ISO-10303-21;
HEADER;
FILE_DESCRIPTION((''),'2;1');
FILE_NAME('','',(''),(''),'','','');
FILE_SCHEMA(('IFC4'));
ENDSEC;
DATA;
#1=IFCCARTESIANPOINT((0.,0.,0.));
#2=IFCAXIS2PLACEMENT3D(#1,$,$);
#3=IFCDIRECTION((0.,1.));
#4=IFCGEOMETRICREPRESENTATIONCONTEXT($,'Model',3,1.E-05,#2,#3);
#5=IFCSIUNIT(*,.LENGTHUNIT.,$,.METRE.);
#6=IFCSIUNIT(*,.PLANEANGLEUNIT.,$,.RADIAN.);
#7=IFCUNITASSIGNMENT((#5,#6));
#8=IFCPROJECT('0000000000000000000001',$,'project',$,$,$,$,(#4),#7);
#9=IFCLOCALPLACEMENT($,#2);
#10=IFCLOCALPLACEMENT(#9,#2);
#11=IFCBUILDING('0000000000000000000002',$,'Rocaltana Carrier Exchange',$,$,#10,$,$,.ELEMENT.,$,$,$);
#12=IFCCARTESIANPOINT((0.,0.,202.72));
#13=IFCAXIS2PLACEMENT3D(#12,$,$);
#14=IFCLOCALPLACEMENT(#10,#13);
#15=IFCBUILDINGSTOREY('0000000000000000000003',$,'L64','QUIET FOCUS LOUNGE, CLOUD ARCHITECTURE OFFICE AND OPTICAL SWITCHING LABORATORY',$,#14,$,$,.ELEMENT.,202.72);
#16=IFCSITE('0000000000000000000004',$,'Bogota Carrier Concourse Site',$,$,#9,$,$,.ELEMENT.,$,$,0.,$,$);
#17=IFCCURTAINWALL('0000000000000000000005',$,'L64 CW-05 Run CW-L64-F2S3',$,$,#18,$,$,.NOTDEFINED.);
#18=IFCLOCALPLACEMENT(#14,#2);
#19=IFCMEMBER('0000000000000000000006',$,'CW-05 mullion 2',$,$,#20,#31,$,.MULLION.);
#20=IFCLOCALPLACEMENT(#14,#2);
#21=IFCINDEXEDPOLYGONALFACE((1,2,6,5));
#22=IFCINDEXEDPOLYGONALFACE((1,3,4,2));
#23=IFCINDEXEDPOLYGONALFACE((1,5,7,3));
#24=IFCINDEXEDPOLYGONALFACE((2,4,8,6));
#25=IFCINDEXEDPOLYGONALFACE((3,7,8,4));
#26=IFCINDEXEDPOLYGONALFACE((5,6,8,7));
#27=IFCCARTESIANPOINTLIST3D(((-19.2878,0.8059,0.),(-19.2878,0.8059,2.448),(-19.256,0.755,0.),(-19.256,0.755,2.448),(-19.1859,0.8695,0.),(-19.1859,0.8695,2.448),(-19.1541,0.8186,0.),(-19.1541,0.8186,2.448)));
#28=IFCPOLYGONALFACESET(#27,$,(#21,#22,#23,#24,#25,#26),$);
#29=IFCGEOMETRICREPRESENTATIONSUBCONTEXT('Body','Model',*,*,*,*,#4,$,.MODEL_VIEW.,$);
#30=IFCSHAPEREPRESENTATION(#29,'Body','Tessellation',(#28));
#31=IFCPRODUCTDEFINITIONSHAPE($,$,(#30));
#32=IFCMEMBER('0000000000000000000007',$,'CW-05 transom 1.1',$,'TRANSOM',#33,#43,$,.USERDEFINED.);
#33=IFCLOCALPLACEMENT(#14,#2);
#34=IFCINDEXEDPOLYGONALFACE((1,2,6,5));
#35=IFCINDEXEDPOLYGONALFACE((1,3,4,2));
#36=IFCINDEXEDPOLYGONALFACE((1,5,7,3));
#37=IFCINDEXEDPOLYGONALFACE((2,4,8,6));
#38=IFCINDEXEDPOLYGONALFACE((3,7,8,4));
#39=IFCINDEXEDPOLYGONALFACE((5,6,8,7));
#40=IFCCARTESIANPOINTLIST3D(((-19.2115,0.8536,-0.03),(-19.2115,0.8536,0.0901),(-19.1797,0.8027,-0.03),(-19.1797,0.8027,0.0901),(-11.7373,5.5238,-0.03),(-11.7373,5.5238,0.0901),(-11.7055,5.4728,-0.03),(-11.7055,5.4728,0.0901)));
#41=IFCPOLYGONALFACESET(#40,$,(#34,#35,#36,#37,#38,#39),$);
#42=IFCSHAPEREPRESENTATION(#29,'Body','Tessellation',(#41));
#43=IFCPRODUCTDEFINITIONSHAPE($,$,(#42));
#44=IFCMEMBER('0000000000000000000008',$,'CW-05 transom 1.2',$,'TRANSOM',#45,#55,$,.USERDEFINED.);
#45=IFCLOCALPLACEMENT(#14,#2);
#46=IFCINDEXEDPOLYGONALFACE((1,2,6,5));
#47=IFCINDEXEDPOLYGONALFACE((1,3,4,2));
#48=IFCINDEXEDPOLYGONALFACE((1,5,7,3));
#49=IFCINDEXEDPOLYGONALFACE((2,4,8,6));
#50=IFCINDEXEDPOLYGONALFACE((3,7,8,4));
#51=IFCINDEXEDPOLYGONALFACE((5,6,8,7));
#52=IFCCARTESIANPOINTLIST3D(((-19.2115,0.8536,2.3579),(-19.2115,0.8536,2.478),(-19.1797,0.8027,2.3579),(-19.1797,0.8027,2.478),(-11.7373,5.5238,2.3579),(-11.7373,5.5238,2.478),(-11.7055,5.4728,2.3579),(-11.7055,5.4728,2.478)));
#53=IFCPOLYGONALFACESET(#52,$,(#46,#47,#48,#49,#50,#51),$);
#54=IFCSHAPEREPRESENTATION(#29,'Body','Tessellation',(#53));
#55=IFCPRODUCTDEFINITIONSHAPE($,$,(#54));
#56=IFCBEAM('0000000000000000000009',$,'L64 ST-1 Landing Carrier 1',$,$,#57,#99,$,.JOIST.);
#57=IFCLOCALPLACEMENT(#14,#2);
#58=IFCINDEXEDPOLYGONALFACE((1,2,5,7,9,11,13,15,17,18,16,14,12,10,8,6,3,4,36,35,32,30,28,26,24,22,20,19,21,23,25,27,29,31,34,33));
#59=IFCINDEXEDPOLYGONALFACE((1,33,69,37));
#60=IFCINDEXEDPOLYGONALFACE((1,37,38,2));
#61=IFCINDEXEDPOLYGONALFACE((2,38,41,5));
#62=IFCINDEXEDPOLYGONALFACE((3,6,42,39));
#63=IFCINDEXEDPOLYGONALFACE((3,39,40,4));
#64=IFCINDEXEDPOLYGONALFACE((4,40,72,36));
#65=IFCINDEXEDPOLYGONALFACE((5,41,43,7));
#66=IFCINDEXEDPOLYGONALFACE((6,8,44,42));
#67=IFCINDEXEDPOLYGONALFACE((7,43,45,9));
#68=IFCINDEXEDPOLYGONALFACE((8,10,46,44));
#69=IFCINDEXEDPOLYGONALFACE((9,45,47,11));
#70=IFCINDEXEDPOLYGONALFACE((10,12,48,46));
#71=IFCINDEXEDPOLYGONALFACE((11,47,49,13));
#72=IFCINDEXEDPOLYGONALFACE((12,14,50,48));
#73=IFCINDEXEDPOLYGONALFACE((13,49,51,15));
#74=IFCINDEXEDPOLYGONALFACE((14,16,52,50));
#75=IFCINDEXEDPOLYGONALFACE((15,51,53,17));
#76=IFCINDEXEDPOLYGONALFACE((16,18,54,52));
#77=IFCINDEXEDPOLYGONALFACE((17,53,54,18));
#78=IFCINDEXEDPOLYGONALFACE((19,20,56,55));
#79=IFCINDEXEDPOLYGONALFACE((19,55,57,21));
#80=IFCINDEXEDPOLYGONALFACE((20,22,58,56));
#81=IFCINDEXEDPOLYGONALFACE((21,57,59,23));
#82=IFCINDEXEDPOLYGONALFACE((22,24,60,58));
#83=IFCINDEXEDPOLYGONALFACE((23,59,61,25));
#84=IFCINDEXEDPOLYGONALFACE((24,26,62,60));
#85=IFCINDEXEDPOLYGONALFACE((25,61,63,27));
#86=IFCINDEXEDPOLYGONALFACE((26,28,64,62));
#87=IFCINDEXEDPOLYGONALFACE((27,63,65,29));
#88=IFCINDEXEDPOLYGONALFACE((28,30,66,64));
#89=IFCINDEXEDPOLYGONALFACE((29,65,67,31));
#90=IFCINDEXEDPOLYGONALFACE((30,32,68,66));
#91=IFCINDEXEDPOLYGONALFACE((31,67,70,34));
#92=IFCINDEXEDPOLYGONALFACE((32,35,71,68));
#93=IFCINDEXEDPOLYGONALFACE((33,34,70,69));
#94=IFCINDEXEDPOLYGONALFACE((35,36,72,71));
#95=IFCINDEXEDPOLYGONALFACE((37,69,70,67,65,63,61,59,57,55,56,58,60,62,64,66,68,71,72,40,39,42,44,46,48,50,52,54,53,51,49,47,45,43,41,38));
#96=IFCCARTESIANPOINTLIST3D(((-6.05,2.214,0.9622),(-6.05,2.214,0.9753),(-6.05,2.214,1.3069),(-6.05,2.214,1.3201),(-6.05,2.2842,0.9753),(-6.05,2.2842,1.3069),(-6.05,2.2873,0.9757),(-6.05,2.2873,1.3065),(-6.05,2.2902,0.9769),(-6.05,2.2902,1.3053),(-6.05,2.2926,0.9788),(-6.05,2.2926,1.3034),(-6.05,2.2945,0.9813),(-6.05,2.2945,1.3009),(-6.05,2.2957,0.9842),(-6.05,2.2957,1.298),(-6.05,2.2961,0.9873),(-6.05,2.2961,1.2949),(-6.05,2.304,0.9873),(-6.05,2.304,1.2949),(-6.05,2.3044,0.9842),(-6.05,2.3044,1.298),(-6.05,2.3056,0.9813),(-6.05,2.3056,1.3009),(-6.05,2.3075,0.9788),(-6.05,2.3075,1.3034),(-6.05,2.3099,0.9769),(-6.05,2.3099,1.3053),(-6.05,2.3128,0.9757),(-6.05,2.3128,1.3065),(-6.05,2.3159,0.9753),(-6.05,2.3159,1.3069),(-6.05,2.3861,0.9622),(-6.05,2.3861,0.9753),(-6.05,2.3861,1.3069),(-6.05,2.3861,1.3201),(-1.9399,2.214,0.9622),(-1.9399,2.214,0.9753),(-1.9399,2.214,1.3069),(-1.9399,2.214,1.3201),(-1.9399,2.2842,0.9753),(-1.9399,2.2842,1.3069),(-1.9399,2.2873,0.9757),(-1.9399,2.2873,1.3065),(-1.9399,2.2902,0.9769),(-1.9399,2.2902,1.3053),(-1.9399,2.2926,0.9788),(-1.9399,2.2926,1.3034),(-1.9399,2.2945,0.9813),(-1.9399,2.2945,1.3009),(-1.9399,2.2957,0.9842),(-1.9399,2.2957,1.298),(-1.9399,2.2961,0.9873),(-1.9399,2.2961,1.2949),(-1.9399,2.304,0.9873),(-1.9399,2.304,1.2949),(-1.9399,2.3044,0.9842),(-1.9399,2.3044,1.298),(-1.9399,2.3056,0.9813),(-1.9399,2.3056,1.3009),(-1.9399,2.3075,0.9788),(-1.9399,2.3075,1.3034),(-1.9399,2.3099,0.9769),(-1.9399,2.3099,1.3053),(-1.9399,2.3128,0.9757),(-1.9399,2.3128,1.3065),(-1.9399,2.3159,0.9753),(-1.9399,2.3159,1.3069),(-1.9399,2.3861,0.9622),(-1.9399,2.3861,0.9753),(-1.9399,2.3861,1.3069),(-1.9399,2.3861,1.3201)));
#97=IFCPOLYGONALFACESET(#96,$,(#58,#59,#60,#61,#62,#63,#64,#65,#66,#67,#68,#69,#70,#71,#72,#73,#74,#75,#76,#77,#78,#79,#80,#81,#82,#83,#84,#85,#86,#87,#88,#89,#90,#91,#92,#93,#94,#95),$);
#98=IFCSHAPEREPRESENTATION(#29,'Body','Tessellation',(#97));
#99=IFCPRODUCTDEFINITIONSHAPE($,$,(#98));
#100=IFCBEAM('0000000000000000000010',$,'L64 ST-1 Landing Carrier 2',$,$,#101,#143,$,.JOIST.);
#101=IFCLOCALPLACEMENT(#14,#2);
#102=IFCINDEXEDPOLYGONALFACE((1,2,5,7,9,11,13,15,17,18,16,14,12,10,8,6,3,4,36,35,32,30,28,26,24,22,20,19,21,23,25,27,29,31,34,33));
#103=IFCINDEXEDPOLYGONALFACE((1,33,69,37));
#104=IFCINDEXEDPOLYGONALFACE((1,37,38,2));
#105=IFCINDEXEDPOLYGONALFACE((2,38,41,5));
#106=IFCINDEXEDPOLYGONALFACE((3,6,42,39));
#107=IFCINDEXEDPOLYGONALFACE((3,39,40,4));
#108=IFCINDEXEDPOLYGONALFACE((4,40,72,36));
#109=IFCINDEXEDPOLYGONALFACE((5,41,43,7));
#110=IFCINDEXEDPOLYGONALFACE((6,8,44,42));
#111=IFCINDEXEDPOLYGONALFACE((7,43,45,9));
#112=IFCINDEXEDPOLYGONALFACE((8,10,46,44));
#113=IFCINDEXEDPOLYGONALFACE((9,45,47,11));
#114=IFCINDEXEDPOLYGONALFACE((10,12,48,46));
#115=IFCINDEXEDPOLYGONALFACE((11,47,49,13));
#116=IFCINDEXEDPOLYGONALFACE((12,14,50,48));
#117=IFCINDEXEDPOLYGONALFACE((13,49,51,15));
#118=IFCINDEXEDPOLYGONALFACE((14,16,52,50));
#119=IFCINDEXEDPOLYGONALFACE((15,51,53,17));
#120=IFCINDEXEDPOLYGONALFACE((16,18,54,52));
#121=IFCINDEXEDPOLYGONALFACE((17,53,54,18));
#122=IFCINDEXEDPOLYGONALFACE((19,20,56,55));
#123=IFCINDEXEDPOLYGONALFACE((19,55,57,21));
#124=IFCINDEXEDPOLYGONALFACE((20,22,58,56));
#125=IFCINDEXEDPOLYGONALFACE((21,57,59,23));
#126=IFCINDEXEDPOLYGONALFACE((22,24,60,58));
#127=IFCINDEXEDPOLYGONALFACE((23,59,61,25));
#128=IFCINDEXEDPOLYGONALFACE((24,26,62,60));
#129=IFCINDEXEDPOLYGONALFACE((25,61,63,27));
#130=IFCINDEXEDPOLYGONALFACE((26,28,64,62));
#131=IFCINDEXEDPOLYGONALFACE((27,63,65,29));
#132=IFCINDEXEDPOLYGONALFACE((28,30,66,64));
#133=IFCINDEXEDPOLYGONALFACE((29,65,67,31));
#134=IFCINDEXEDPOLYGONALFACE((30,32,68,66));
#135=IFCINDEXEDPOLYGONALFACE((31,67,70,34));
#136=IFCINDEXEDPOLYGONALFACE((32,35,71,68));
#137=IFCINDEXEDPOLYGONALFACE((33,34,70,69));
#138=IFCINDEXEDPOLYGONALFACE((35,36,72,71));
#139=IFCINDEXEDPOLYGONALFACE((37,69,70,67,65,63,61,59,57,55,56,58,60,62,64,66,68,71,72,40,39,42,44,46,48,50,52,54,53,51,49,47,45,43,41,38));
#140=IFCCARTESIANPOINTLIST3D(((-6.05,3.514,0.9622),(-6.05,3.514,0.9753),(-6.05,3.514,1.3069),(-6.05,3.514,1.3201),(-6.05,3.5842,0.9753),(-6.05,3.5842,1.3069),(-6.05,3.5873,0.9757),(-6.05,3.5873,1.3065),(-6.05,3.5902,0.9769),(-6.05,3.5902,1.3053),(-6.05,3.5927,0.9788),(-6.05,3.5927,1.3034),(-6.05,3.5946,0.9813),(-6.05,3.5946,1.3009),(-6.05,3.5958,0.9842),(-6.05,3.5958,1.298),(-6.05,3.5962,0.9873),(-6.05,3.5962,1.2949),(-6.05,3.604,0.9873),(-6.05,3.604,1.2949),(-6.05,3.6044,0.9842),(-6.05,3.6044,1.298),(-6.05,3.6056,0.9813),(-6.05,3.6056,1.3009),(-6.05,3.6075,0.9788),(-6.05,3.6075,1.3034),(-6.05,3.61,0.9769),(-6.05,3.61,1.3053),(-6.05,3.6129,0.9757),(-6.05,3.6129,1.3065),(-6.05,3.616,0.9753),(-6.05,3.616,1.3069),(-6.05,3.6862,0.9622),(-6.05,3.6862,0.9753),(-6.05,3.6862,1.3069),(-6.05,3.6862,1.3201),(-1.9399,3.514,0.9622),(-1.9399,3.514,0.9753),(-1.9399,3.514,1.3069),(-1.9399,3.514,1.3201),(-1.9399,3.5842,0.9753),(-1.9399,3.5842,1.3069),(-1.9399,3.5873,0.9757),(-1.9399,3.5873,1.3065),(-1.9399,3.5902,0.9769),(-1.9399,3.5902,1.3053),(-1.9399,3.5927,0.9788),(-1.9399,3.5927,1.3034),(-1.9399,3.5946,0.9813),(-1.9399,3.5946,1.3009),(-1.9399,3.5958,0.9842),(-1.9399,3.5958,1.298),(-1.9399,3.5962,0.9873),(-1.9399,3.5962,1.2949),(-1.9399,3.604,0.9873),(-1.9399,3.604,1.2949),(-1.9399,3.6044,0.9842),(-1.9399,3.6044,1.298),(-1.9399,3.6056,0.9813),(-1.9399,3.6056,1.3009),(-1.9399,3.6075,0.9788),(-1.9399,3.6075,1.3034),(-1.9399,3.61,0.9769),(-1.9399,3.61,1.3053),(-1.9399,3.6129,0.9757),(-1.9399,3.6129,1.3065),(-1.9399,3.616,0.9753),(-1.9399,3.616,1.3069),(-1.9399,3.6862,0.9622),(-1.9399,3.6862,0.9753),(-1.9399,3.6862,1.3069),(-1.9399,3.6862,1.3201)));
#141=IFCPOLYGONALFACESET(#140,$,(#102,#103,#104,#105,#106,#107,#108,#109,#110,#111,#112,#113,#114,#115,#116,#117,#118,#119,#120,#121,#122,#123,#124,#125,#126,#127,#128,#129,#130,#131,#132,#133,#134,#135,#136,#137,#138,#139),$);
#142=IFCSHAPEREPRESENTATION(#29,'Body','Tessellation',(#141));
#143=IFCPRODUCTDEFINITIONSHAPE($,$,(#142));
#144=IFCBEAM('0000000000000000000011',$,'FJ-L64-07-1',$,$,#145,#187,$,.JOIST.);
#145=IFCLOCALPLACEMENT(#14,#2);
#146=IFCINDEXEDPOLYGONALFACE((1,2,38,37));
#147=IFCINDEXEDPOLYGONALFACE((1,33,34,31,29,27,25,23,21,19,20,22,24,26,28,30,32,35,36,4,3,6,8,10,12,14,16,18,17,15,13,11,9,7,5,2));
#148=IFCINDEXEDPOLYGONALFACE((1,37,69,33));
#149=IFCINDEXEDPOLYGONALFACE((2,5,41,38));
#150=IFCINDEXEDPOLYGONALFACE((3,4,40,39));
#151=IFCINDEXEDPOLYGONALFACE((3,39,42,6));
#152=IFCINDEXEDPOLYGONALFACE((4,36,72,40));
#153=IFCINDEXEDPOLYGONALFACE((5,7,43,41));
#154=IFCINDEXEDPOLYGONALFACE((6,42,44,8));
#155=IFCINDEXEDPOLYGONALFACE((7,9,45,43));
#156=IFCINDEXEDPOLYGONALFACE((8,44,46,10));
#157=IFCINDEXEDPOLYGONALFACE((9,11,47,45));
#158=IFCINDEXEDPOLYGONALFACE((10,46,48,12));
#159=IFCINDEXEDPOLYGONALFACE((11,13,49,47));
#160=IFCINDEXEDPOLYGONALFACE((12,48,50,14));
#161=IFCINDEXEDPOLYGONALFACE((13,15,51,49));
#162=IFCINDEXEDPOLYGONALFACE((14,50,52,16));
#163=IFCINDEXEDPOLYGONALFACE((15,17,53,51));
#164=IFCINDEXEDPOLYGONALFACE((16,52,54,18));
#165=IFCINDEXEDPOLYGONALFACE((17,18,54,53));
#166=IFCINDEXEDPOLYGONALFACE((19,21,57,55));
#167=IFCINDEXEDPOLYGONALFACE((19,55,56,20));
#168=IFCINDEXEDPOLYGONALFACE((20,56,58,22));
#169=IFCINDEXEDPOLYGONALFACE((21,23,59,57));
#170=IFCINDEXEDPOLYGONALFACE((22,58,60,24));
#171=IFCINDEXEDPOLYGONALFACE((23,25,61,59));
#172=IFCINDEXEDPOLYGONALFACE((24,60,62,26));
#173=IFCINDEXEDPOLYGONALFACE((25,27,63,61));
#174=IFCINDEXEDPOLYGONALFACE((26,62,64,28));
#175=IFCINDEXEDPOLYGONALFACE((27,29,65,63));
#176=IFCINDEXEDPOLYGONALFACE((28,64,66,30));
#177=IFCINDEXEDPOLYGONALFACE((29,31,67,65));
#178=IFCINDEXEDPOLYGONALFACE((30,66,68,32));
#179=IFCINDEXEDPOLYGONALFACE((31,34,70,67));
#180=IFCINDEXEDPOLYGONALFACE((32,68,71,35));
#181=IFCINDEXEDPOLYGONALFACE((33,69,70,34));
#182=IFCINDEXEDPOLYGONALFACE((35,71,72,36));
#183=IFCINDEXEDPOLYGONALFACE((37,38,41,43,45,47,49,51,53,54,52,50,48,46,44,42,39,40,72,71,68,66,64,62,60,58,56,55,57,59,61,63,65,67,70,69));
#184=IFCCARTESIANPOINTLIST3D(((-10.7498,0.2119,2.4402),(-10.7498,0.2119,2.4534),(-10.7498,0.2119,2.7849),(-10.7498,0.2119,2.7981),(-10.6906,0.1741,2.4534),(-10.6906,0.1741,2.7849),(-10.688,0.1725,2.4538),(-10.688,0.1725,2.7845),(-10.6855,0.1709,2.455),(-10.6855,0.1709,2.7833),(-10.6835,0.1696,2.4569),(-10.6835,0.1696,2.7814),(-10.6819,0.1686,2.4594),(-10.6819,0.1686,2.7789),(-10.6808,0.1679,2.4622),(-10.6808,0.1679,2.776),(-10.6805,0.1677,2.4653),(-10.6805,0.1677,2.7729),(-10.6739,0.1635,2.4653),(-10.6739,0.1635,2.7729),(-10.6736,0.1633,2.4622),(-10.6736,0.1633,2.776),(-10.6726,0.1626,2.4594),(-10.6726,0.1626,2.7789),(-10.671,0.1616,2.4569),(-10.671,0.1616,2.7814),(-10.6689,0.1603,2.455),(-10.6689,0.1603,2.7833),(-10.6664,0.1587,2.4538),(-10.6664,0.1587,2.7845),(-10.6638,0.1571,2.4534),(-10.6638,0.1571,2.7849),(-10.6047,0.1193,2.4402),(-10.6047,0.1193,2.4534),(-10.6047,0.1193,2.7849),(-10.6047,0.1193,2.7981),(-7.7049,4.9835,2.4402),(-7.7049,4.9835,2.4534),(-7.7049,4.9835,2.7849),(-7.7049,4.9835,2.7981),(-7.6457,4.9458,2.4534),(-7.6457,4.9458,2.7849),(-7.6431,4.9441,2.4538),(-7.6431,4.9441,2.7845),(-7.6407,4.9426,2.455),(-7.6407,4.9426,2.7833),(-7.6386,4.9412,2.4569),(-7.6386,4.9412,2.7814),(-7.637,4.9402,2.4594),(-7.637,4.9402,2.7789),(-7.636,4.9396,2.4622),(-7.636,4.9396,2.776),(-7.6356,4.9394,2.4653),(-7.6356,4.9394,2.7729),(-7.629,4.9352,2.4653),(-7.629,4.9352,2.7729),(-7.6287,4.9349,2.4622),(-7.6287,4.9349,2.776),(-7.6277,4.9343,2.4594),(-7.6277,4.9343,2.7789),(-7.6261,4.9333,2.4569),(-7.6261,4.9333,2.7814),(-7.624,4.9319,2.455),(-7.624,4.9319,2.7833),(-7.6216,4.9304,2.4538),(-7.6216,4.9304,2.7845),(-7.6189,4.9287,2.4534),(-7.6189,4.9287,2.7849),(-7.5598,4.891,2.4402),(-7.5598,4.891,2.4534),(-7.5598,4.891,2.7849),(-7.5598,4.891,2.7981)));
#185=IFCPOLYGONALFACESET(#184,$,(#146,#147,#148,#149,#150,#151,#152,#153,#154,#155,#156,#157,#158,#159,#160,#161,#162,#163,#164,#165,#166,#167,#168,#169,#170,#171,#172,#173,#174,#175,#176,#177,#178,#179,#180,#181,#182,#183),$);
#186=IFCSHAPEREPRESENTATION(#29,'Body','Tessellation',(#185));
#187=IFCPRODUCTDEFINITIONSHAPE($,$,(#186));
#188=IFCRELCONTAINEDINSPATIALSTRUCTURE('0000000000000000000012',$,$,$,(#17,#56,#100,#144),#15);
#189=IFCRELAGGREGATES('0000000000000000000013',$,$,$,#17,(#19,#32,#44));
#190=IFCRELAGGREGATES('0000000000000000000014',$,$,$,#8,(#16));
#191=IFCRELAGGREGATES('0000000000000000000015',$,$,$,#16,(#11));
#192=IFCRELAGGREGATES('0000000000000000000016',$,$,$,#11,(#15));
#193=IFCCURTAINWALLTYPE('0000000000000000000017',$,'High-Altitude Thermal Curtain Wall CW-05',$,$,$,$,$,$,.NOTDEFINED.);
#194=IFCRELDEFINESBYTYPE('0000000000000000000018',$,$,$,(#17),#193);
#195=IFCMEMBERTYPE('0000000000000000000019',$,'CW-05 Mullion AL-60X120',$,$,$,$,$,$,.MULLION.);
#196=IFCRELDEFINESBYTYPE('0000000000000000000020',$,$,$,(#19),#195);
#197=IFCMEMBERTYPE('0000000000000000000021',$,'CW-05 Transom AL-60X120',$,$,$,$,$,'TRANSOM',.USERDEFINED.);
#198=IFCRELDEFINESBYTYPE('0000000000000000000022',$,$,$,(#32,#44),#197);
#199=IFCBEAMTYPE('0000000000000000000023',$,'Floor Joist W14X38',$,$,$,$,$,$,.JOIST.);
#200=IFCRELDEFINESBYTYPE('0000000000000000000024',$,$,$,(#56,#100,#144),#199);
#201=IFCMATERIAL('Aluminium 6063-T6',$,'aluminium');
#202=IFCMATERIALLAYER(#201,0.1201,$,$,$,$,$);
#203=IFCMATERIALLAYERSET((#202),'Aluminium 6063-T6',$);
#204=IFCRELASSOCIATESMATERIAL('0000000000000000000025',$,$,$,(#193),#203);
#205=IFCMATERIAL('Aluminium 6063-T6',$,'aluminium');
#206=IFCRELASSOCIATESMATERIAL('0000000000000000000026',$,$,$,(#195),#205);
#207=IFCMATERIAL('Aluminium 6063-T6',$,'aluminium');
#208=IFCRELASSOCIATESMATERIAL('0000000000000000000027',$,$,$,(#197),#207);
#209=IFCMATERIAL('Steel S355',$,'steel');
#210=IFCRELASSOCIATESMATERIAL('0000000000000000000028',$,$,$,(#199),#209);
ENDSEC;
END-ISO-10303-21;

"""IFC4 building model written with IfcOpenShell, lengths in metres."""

from ifc_helpers import new_model, si_unit, direction, frame, origin, origin_2d, place, context, subcontext, project, spatial, rectangle, i_section, extrude, material, layer, layer_set, material_profile, profile_set, type_object, element, aggregate, save


model = new_model("IFC4")

# Units and contexts
model_context = context("Model", 3, precision=1e-05, world=origin(), true_north=direction((0.0, 1.0)))
body_context = subcontext(model_context, "Body", "Model", "MODEL_VIEW")
ifc_project = project(units=[si_unit("LENGTHUNIT", "METRE"), si_unit("PLANEANGLEUNIT", "RADIAN")], contexts=[model_context])

# Site, building, storey
site_placement = place(None, origin())
site = spatial("IfcSite", under=ifc_project, at=site_placement, Name="Bogota Carrier Concourse Site", CompositionType="ELEMENT", RefElevation=0.0)
building_placement = place(site_placement, origin())
building = spatial("IfcBuilding", under=site, at=building_placement, Name="Rocaltana Carrier Exchange", CompositionType="ELEMENT")
storey_placement = place(building_placement, frame((0.0, 0.0, 202.72)))
storey = spatial("IfcBuildingStorey", under=building, at=storey_placement, Name="L64", Description="QUIET FOCUS LOUNGE, CLOUD ARCHITECTURE OFFICE AND OPTICAL SWITCHING LABORATORY", CompositionType="ELEMENT", Elevation=202.72)

# Shared definitions
ifc_material_1 = material(Name="Aluminium 6063-T6", Category="aluminium")
ifc_layer_1 = layer(ifc_material_1, 0.1201)
ifc_layer_set_1 = layer_set([ifc_layer_1], Name="Aluminium 6063-T6")
curtain_wall_type = type_object("IfcCurtainWallType", Name="High-Altitude Thermal Curtain Wall CW-05", PredefinedType="NOTDEFINED", material=ifc_layer_set_1)
ifc_material_2 = material(Name="Aluminium 6063-T6", Category="aluminium")
ifc_material_profile_1 = material_profile(ifc_material_2, rectangle(XDim=0.0601, YDim=0.1201, at=origin_2d()), Name="AL-60X120")
ifc_profile_set_1 = profile_set([ifc_material_profile_1], Name="Aluminium 6063-T6")
member_type_1 = type_object("IfcMemberType", Name="CW-05 Mullion AL-60X120", PredefinedType="MULLION", material=ifc_profile_set_1)

# Curtain wall, members
curtain_wall_1_placement = place(storey_placement, origin())
curtain_wall_1 = element("IfcCurtainWall", 1, at=curtain_wall_1_placement, inside=storey, type_object=curtain_wall_type, Name="L64 CW-05 Run CW-L64-F2S3", PredefinedType="NOTDEFINED")
member_1_placement = place(storey_placement, frame((-19.2209, 0.8123, 0.0), z_axis=(0.0, 0.0, 1.0), x_axis=(0.529915, -0.84805, 0.0)))
member_1 = element("IfcMember", 2, at=member_1_placement, type_object=member_type_1, Name="CW-05 mullion 2", PredefinedType="MULLION", context=body_context, shape_type="SweptSolid", body=[
    extrude(rectangle(XDim=0.0601, YDim=0.1201, at=origin_2d()), origin(), (0.0, 0.0, 1.0), 2.448),
])
ifc_material_3 = material(Name="Aluminium 6063-T6", Category="aluminium")
ifc_material_profile_2 = material_profile(ifc_material_3, rectangle(XDim=0.0601, YDim=0.1201, at=origin_2d()), Name="AL-60X120")
ifc_profile_set_2 = profile_set([ifc_material_profile_2], Name="Aluminium 6063-T6")
member_type_2 = type_object("IfcMemberType", Name="CW-05 Transom AL-60X120", ElementType="TRANSOM", PredefinedType="USERDEFINED", material=ifc_profile_set_2)
member_2_placement = place(storey_placement, frame((-11.7214, 5.4983, 0.03), z_axis=(-0.848057, -0.529904, 0.0), x_axis=(0.529904, -0.848057, 0.0)))
member_2 = element("IfcMember", 3, at=member_2_placement, type_object=member_type_2, Name="CW-05 transom 1.1", ObjectType="TRANSOM", PredefinedType="USERDEFINED", context=body_context, shape_type="SweptSolid", body=[
    extrude(rectangle(XDim=0.0601, YDim=0.1201, at=origin_2d()), origin(), (0.0, 0.0, 1.0), 8.8132),
])
member_3_placement = place(storey_placement, frame((-11.7214, 5.4983, 2.418), z_axis=(-0.848057, -0.529904, 0.0), x_axis=(0.529904, -0.848057, 0.0)))
member_3 = element("IfcMember", 4, at=member_3_placement, type_object=member_type_2, Name="CW-05 transom 1.2", ObjectType="TRANSOM", PredefinedType="USERDEFINED", context=body_context, shape_type="SweptSolid", body=[
    extrude(rectangle(XDim=0.0601, YDim=0.1201, at=origin_2d()), origin(), (0.0, 0.0, 1.0), 8.8132),
])

# Beams
ifc_material_4 = material(Name="Steel S355", Category="steel")
ifc_material_profile_3 = material_profile(ifc_material_4, i_section(OverallWidth=0.1721, OverallDepth=0.3579, WebThickness=0.0078, FlangeThickness=0.0132, FilletRadius=0.012, at=origin_2d()), Name="W14X38")
ifc_profile_set_3 = profile_set([ifc_material_profile_3], Name="Steel S355")
beam_type_1 = type_object("IfcBeamType", Name="Floor Joist W14X38", PredefinedType="JOIST", material=ifc_profile_set_3)
for number, where, z_axis, x_axis, name in (
    (5, (-6.05, 2.3, 1.1411), (1.0, 0.0, 0.0), (0.0, 1.0, 0.0), "L64 ST-1 Landing Carrier 1"),
    (6, (-6.05, 3.6001, 1.1411), (1.0, 0.0, 0.0), (0.0, 1.0, 0.0), "L64 ST-1 Landing Carrier 2"),
):
    element("IfcBeam", number, at=place(storey_placement, frame(where, z_axis=z_axis, x_axis=x_axis)), inside=storey, type_object=beam_type_1, Name=name, PredefinedType="JOIST", context=body_context, shape_type="SweptSolid", body=[
        extrude(i_section(OverallWidth=0.1721, OverallDepth=0.3579, WebThickness=0.0078, FlangeThickness=0.0132, FilletRadius=0.012, at=origin_2d()), origin(), (0.0, 0.0, 1.0), 4.1101),
    ])
beam_1_placement = place(storey_placement, frame((-7.6323, 4.9373, 2.6191), z_axis=(-0.537927, -0.842991, 0.0), x_axis=(0.842991, -0.537927, 0.0)))
element("IfcBeam", 7, at=beam_1_placement, inside=storey, type_object=beam_type_1, Name="FJ-L64-07-1", PredefinedType="JOIST", context=body_context, shape_type="SweptSolid", body=[
    extrude(i_section(OverallWidth=0.1721, OverallDepth=0.3579, WebThickness=0.0078, FlangeThickness=0.0132, FilletRadius=0.012, at=origin_2d()), origin(), (0.0, 0.0, 1.0), 5.6604),
])

aggregate(curtain_wall_1, [member_1, member_2, member_3])

save(model, "model.ifc")
